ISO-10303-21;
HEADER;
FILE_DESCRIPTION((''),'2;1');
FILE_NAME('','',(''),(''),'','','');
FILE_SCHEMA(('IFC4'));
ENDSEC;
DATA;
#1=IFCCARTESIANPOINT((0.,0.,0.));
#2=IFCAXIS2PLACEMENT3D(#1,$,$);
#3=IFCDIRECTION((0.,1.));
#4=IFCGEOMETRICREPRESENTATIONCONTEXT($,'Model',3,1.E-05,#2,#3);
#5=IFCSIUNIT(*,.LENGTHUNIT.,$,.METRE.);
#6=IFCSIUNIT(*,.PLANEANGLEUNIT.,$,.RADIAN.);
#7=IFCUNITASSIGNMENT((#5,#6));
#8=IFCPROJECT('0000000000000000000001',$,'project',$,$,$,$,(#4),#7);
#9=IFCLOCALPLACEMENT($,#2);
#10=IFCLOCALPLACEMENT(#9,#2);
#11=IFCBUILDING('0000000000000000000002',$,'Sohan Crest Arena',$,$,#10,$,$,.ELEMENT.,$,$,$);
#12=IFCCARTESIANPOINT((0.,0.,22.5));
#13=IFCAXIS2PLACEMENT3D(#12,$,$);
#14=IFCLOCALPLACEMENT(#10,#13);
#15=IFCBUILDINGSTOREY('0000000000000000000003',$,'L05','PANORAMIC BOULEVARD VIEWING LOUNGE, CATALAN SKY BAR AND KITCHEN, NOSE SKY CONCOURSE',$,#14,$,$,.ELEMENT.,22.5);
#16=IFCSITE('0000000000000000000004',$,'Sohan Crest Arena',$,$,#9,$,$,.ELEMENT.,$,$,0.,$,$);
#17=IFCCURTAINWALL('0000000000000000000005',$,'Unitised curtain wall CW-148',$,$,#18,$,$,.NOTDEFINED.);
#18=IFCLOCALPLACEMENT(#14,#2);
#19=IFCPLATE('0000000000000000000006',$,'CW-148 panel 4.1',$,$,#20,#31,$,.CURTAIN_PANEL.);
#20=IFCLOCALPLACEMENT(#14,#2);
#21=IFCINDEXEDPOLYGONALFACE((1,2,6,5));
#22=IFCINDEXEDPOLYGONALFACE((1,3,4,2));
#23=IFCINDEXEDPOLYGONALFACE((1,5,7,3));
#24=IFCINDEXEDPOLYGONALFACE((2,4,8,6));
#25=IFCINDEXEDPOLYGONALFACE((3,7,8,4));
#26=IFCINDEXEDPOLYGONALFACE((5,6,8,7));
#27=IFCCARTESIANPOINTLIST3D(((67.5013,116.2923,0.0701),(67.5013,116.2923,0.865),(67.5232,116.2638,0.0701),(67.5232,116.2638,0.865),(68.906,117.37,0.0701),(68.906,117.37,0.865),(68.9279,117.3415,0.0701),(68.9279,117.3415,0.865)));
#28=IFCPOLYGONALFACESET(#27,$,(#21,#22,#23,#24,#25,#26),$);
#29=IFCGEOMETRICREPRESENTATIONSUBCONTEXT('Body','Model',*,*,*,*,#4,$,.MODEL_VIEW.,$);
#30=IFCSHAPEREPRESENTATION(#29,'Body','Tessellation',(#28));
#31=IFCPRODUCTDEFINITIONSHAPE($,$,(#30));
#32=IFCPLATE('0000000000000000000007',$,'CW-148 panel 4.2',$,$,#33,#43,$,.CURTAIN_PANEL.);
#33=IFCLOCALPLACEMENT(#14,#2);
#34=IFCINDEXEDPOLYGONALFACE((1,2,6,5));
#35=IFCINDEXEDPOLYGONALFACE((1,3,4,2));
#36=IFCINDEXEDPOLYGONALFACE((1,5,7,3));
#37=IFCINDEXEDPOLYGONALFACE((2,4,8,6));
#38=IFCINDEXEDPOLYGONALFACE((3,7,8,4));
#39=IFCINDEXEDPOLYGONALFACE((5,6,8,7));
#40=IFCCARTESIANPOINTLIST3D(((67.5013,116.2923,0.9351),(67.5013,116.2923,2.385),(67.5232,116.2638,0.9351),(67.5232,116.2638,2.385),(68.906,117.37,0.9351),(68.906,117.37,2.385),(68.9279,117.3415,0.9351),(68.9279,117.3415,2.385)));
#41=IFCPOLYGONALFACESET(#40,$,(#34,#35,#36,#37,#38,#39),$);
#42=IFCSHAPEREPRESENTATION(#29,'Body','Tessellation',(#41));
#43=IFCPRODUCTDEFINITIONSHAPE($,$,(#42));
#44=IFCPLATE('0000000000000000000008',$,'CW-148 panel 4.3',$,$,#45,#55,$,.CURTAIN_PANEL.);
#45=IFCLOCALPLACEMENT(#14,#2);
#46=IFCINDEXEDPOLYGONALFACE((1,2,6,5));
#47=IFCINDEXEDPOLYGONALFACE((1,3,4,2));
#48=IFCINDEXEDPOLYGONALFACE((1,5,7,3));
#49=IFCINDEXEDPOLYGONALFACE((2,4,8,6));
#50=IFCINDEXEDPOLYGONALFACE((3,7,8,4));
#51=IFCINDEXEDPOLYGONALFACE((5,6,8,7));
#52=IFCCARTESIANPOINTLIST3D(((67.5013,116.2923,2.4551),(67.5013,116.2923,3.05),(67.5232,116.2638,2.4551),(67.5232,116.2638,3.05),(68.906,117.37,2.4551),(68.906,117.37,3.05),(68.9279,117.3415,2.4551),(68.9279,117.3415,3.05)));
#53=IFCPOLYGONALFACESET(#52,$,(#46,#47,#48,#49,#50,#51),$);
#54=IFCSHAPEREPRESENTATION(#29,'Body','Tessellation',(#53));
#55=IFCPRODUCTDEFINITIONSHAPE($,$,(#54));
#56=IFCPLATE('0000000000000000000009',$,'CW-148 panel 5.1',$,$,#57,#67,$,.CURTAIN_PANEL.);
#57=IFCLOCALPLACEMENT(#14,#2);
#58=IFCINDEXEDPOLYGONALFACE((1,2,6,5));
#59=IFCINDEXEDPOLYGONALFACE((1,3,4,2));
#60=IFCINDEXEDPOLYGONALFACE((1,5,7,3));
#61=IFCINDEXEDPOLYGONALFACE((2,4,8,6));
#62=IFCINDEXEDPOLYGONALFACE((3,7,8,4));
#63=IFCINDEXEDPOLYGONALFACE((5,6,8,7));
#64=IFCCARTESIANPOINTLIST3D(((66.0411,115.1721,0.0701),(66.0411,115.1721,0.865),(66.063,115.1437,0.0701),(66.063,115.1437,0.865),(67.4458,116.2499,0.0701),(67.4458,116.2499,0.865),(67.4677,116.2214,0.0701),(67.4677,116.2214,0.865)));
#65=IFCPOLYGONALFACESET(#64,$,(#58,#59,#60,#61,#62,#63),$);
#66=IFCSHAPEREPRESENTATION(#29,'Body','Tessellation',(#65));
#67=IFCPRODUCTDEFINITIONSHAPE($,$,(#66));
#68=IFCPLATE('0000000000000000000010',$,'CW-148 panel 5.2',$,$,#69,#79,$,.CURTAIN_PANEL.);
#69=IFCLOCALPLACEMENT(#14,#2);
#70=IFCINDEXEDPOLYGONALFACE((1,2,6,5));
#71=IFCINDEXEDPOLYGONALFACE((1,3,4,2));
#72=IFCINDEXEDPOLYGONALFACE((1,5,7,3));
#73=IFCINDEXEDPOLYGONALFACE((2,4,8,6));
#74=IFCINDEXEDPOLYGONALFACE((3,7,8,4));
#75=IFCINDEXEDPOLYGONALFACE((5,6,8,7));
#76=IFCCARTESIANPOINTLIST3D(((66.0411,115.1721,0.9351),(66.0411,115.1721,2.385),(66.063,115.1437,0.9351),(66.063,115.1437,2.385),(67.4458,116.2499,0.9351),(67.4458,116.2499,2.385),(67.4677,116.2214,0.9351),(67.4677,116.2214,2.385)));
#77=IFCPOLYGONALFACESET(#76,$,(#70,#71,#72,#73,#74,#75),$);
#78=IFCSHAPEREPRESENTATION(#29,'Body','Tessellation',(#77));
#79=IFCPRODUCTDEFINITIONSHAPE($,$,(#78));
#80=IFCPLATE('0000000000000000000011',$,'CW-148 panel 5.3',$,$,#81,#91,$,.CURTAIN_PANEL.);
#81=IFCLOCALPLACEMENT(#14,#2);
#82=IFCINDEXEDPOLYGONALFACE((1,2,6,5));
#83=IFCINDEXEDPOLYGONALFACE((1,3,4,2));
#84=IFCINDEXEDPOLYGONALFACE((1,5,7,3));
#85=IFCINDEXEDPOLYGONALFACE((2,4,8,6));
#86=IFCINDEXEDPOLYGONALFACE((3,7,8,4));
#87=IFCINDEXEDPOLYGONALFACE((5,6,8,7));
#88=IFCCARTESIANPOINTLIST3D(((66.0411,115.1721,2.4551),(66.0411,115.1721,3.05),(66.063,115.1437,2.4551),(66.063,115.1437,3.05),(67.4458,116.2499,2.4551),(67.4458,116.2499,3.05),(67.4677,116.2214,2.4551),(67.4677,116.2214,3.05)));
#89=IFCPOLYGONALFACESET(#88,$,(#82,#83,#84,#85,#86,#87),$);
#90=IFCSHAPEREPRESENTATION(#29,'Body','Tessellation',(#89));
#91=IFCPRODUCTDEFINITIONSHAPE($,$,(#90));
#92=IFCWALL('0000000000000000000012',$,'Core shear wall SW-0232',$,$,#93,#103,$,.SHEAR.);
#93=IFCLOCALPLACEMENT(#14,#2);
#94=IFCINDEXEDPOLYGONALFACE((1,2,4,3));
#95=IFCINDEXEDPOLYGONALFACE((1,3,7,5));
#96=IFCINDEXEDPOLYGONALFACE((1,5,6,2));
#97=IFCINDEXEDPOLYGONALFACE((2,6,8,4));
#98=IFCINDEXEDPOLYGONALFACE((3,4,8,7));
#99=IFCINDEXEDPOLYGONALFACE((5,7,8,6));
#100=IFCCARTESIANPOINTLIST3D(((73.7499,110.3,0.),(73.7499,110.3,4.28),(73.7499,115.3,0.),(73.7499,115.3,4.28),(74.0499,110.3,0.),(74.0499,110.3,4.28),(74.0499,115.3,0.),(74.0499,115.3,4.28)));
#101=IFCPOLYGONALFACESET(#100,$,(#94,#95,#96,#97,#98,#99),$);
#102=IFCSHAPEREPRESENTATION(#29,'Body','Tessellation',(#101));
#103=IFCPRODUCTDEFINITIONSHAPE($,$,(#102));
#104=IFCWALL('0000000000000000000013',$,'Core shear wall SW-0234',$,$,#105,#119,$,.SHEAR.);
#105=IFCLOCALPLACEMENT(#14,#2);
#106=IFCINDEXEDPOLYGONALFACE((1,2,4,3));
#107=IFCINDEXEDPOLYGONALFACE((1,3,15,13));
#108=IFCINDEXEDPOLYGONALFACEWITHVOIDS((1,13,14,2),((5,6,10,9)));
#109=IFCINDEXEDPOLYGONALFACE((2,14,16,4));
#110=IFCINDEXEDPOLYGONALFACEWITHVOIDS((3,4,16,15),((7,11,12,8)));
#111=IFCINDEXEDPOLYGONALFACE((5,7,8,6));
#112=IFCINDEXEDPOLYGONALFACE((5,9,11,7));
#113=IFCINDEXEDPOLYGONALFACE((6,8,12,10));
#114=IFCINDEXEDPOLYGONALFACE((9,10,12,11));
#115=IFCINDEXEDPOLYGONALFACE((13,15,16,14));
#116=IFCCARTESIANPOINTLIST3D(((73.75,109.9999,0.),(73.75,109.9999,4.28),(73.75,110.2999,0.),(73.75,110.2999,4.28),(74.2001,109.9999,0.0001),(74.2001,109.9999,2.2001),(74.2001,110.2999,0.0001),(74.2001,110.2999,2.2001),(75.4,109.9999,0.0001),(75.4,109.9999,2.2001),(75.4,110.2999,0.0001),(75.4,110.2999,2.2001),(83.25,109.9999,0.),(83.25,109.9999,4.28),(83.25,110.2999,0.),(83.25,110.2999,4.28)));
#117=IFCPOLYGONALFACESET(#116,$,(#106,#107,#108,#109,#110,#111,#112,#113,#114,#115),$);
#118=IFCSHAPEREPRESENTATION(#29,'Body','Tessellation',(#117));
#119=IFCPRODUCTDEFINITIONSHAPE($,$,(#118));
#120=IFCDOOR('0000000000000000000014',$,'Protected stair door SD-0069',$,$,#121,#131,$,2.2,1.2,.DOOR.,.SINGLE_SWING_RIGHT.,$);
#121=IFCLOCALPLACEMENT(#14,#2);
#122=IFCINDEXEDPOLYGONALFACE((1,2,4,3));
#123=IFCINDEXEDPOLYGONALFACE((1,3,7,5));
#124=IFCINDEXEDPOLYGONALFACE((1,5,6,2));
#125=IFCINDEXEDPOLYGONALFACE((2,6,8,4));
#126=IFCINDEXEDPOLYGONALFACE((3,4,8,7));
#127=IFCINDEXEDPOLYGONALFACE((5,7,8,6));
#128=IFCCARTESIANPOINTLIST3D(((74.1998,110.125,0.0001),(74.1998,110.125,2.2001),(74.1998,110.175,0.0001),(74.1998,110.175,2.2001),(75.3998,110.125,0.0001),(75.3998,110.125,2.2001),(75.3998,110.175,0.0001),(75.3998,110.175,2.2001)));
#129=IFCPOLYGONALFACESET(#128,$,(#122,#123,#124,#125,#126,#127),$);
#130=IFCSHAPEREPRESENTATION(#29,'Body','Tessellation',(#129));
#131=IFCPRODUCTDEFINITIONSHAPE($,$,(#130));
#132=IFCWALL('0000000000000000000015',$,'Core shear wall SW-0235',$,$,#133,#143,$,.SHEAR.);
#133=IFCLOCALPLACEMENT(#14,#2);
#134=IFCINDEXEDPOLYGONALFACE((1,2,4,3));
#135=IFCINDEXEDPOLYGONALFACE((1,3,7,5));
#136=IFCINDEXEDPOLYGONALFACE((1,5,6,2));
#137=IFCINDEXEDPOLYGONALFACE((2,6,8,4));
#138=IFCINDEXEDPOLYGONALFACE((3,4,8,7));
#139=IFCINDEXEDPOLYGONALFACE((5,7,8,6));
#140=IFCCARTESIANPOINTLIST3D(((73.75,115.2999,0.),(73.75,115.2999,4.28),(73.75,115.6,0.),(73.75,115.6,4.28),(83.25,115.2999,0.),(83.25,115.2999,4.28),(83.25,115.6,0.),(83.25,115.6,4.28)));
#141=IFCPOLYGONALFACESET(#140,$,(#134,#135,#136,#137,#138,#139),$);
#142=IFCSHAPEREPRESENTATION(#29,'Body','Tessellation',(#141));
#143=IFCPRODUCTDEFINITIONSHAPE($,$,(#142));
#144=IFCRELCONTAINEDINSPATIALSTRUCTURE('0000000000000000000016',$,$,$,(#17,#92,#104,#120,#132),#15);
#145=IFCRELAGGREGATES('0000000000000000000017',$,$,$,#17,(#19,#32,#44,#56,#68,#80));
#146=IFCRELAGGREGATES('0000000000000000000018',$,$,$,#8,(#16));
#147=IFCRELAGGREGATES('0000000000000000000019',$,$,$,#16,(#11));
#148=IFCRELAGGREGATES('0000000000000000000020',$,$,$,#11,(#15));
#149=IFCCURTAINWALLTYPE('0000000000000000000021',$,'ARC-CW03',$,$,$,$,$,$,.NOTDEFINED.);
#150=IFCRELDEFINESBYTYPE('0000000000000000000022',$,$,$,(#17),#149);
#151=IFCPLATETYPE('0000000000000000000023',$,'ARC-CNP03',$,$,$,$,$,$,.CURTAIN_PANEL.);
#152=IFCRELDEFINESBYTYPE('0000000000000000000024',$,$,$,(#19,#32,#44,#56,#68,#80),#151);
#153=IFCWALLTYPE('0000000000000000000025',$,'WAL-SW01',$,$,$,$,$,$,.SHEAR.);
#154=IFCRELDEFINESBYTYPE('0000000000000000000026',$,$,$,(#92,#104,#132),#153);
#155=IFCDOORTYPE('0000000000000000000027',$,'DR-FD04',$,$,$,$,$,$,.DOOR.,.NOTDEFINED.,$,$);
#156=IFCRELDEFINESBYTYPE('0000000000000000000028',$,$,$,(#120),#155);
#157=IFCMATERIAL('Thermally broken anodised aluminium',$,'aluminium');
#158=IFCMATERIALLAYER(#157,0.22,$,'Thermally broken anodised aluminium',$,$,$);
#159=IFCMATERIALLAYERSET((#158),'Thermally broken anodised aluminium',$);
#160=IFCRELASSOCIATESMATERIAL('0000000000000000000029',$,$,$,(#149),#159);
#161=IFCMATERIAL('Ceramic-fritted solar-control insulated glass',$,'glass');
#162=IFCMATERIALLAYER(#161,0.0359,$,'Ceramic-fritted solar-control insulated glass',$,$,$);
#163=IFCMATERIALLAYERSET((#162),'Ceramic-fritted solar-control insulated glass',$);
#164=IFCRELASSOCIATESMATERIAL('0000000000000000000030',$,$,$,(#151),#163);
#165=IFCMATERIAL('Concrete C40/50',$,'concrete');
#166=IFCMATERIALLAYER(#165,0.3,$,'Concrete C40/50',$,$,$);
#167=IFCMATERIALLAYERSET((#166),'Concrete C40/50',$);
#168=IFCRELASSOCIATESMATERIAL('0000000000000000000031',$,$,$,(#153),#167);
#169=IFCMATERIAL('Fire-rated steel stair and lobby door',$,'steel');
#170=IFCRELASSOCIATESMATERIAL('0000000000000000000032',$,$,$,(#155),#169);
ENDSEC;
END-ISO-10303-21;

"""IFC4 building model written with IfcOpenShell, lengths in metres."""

from ifc_helpers import new_model, si_unit, direction, frame, frame_2d, origin, origin_2d, place, context, subcontext, project, spatial, rectangle, extrude, material, layer, layer_set, type_object, element, fill, aggregate, save


model = new_model("IFC4")

# Units and contexts
model_context = context("Model", 3, precision=1e-05, world=origin(), true_north=direction((0.0, 1.0)))
body_context = subcontext(model_context, "Body", "Model", "MODEL_VIEW")
ifc_project = project(units=[si_unit("LENGTHUNIT", "METRE"), si_unit("PLANEANGLEUNIT", "RADIAN")], contexts=[model_context])

# Site, building, storey
site_placement = place(None, origin())
site = spatial("IfcSite", under=ifc_project, at=site_placement, Name="Sohan Crest Arena", CompositionType="ELEMENT", RefElevation=0.0)
building_placement = place(site_placement, origin())
building = spatial("IfcBuilding", under=site, at=building_placement, Name="Sohan Crest Arena", CompositionType="ELEMENT")
storey_placement = place(building_placement, frame((0.0, 0.0, 22.5)))
storey = spatial("IfcBuildingStorey", under=building, at=storey_placement, Name="L05", Description="PANORAMIC BOULEVARD VIEWING LOUNGE, CATALAN SKY BAR AND KITCHEN, NOSE SKY CONCOURSE", CompositionType="ELEMENT", Elevation=22.5)

# Curtain wall
ifc_material_1 = material(Name="Thermally broken anodised aluminium", Category="aluminium")
ifc_layer_1 = layer(ifc_material_1, 0.22, Name="Thermally broken anodised aluminium")
ifc_layer_set_1 = layer_set([ifc_layer_1], Name="Thermally broken anodised aluminium")
curtain_wall_type = type_object("IfcCurtainWallType", Name="ARC-CW03", PredefinedType="NOTDEFINED", material=ifc_layer_set_1)
curtain_wall_placement = place(storey_placement, origin())
curtain_wall = element("IfcCurtainWall", 1, at=curtain_wall_placement, inside=storey, type_object=curtain_wall_type, Name="Unitised curtain wall CW-148", PredefinedType="NOTDEFINED")

# Plates
ifc_material_2 = material(Name="Ceramic-fritted solar-control insulated glass", Category="glass")
ifc_layer_2 = layer(ifc_material_2, 0.0359, Name="Ceramic-fritted solar-control insulated glass")
ifc_layer_set_2 = layer_set([ifc_layer_2], Name="Ceramic-fritted solar-control insulated glass")
plate_type = type_object("IfcPlateType", Name="ARC-CNP03", PredefinedType="CURTAIN_PANEL", material=ifc_layer_set_2)
plate_1_placement = place(storey_placement, frame((68.2146, 116.8169, 0.0701), z_axis=(0.0, 0.0, 1.0), x_axis=(-0.793385, -0.60872, 0.0)))
plate_1 = element("IfcPlate", 2, at=plate_1_placement, type_object=plate_type, Name="CW-148 panel 4.1", PredefinedType="CURTAIN_PANEL", context=body_context, shape_type="SweptSolid", body=[
    extrude(rectangle(XDim=1.7705, YDim=0.0359, at=origin_2d()), origin(), (0.0, 0.0, 1.0), 0.7949),
])
plate_2_placement = place(storey_placement, frame((68.2146, 116.8169, 0.9351), z_axis=(0.0, 0.0, 1.0), x_axis=(-0.793385, -0.60872, 0.0)))
plate_2 = element("IfcPlate", 3, at=plate_2_placement, type_object=plate_type, Name="CW-148 panel 4.2", PredefinedType="CURTAIN_PANEL", context=body_context, shape_type="SweptSolid", body=[
    extrude(rectangle(XDim=1.7705, YDim=0.0359, at=origin_2d()), origin(), (0.0, 0.0, 1.0), 1.45),
])
plate_3_placement = place(storey_placement, frame((68.2146, 116.8169, 2.4551), z_axis=(0.0, 0.0, 1.0), x_axis=(-0.793385, -0.60872, 0.0)))
plate_3 = element("IfcPlate", 4, at=plate_3_placement, type_object=plate_type, Name="CW-148 panel 4.3", PredefinedType="CURTAIN_PANEL", context=body_context, shape_type="SweptSolid", body=[
    extrude(rectangle(XDim=1.7705, YDim=0.0359, at=origin_2d()), origin(), (0.0, 0.0, 1.0), 0.595),
])
plate_4_placement = place(storey_placement, frame((66.7544, 115.6968, 0.0701), z_axis=(0.0, 0.0, 1.0), x_axis=(-0.793385, -0.60872, 0.0)))
plate_4 = element("IfcPlate", 5, at=plate_4_placement, type_object=plate_type, Name="CW-148 panel 5.1", PredefinedType="CURTAIN_PANEL", context=body_context, shape_type="SweptSolid", body=[
    extrude(rectangle(XDim=1.7705, YDim=0.0359, at=origin_2d()), origin(), (0.0, 0.0, 1.0), 0.7949),
])
plate_5_placement = place(storey_placement, frame((66.7544, 115.6968, 0.9351), z_axis=(0.0, 0.0, 1.0), x_axis=(-0.793385, -0.60872, 0.0)))
plate_5 = element("IfcPlate", 6, at=plate_5_placement, type_object=plate_type, Name="CW-148 panel 5.2", PredefinedType="CURTAIN_PANEL", context=body_context, shape_type="SweptSolid", body=[
    extrude(rectangle(XDim=1.7705, YDim=0.0359, at=origin_2d()), origin(), (0.0, 0.0, 1.0), 1.45),
])
plate_6_placement = place(storey_placement, frame((66.7544, 115.6968, 2.4551), z_axis=(0.0, 0.0, 1.0), x_axis=(-0.793385, -0.60872, 0.0)))
plate_6 = element("IfcPlate", 7, at=plate_6_placement, type_object=plate_type, Name="CW-148 panel 5.3", PredefinedType="CURTAIN_PANEL", context=body_context, shape_type="SweptSolid", body=[
    extrude(rectangle(XDim=1.7705, YDim=0.0359, at=origin_2d()), origin(), (0.0, 0.0, 1.0), 0.595),
])
aggregate(curtain_wall, [plate_1, plate_2, plate_3, plate_4, plate_5, plate_6])

# Wall
ifc_material_3 = material(Name="Concrete C40/50", Category="concrete")
ifc_layer_3 = layer(ifc_material_3, 0.3, Name="Concrete C40/50")
ifc_layer_set_3 = layer_set([ifc_layer_3], Name="Concrete C40/50")
wall_type = type_object("IfcWallType", Name="WAL-SW01", PredefinedType="SHEAR", material=ifc_layer_set_3)
wall_1_placement = place(storey_placement, frame((73.8999, 110.3, 0.0), z_axis=(0.0, 0.0, 1.0), x_axis=(0.0, 1.0, 0.0)))
element("IfcWall", 8, at=wall_1_placement, inside=storey, type_object=wall_type, Name="Core shear wall SW-0232", PredefinedType="SHEAR", context=body_context, shape_type="SweptSolid", body=[
    extrude(rectangle(XDim=5.0, YDim=0.3, at=frame_2d((2.5, 0.0))), origin(), (0.0, 0.0, 1.0), 4.28),
])

# Wall, opening, door
wall_2_placement = place(storey_placement, frame((73.75, 110.1499, 0.0), z_axis=(0.0, 0.0, 1.0), x_axis=(1.0, 0.0, 0.0)))
wall_2 = element("IfcWall", 9, at=wall_2_placement, inside=storey, type_object=wall_type, Name="Core shear wall SW-0234", PredefinedType="SHEAR", context=body_context, shape_type="SweptSolid", body=[
    extrude(rectangle(XDim=9.5, YDim=0.3, at=frame_2d((4.75, 0.0))), origin(), (0.0, 0.0, 1.0), 4.28),
])
opening_placement = place(wall_2_placement, frame((0.45, 0.0, 0.0)))
opening = element("IfcOpeningElement", 10, at=opening_placement, cuts=wall_2, PredefinedType="OPENING", context=body_context, shape_type="SweptSolid", body=[
    extrude(rectangle(XDim=1.2, YDim=2.2, at=frame_2d((0.6001, 1.1001))), frame((0.0, 0.1599, 0.0), z_axis=(0.0, -1.0, 0.0), x_axis=(1.0, 0.0, 0.0)), (0.0, 0.0, 1.0), 0.3201),
])
ifc_material_4 = material(Name="Fire-rated steel stair and lobby door", Category="steel")
door_type = type_object("IfcDoorType", Name="DR-FD04", OperationType="NOTDEFINED", PredefinedType="DOOR", material=ifc_material_4)
door_placement = place(opening_placement, frame((1.2, 0.0, 0.0), z_axis=(0.0, 0.0, 1.0), x_axis=(-1.0, 0.0, 0.0)))
door = element("IfcDoor", 11, at=door_placement, inside=storey, type_object=door_type, Name="Protected stair door SD-0069", OperationType="SINGLE_SWING_RIGHT", OverallHeight=2.2, OverallWidth=1.2, PredefinedType="DOOR", context=body_context, shape_type="SweptSolid", body=[
    extrude(rectangle(XDim=1.2, YDim=2.2, at=frame_2d((0.6001, 1.1001))), frame((0.0, 0.0249, 0.0), z_axis=(0.0, -1.0, 0.0), x_axis=(1.0, 0.0, 0.0)), (0.0, 0.0, 1.0), 0.05),
])
fill(opening, door)

# Wall
wall_3_placement = place(storey_placement, frame((73.75, 115.45, 0.0), z_axis=(0.0, 0.0, 1.0), x_axis=(1.0, 0.0, 0.0)))
element("IfcWall", 12, at=wall_3_placement, inside=storey, type_object=wall_type, Name="Core shear wall SW-0235", PredefinedType="SHEAR", context=body_context, shape_type="SweptSolid", body=[
    extrude(rectangle(XDim=9.5, YDim=0.3, at=frame_2d((4.75, 0.0))), origin(), (0.0, 0.0, 1.0), 4.28),
])

save(model, "model.ifc")
